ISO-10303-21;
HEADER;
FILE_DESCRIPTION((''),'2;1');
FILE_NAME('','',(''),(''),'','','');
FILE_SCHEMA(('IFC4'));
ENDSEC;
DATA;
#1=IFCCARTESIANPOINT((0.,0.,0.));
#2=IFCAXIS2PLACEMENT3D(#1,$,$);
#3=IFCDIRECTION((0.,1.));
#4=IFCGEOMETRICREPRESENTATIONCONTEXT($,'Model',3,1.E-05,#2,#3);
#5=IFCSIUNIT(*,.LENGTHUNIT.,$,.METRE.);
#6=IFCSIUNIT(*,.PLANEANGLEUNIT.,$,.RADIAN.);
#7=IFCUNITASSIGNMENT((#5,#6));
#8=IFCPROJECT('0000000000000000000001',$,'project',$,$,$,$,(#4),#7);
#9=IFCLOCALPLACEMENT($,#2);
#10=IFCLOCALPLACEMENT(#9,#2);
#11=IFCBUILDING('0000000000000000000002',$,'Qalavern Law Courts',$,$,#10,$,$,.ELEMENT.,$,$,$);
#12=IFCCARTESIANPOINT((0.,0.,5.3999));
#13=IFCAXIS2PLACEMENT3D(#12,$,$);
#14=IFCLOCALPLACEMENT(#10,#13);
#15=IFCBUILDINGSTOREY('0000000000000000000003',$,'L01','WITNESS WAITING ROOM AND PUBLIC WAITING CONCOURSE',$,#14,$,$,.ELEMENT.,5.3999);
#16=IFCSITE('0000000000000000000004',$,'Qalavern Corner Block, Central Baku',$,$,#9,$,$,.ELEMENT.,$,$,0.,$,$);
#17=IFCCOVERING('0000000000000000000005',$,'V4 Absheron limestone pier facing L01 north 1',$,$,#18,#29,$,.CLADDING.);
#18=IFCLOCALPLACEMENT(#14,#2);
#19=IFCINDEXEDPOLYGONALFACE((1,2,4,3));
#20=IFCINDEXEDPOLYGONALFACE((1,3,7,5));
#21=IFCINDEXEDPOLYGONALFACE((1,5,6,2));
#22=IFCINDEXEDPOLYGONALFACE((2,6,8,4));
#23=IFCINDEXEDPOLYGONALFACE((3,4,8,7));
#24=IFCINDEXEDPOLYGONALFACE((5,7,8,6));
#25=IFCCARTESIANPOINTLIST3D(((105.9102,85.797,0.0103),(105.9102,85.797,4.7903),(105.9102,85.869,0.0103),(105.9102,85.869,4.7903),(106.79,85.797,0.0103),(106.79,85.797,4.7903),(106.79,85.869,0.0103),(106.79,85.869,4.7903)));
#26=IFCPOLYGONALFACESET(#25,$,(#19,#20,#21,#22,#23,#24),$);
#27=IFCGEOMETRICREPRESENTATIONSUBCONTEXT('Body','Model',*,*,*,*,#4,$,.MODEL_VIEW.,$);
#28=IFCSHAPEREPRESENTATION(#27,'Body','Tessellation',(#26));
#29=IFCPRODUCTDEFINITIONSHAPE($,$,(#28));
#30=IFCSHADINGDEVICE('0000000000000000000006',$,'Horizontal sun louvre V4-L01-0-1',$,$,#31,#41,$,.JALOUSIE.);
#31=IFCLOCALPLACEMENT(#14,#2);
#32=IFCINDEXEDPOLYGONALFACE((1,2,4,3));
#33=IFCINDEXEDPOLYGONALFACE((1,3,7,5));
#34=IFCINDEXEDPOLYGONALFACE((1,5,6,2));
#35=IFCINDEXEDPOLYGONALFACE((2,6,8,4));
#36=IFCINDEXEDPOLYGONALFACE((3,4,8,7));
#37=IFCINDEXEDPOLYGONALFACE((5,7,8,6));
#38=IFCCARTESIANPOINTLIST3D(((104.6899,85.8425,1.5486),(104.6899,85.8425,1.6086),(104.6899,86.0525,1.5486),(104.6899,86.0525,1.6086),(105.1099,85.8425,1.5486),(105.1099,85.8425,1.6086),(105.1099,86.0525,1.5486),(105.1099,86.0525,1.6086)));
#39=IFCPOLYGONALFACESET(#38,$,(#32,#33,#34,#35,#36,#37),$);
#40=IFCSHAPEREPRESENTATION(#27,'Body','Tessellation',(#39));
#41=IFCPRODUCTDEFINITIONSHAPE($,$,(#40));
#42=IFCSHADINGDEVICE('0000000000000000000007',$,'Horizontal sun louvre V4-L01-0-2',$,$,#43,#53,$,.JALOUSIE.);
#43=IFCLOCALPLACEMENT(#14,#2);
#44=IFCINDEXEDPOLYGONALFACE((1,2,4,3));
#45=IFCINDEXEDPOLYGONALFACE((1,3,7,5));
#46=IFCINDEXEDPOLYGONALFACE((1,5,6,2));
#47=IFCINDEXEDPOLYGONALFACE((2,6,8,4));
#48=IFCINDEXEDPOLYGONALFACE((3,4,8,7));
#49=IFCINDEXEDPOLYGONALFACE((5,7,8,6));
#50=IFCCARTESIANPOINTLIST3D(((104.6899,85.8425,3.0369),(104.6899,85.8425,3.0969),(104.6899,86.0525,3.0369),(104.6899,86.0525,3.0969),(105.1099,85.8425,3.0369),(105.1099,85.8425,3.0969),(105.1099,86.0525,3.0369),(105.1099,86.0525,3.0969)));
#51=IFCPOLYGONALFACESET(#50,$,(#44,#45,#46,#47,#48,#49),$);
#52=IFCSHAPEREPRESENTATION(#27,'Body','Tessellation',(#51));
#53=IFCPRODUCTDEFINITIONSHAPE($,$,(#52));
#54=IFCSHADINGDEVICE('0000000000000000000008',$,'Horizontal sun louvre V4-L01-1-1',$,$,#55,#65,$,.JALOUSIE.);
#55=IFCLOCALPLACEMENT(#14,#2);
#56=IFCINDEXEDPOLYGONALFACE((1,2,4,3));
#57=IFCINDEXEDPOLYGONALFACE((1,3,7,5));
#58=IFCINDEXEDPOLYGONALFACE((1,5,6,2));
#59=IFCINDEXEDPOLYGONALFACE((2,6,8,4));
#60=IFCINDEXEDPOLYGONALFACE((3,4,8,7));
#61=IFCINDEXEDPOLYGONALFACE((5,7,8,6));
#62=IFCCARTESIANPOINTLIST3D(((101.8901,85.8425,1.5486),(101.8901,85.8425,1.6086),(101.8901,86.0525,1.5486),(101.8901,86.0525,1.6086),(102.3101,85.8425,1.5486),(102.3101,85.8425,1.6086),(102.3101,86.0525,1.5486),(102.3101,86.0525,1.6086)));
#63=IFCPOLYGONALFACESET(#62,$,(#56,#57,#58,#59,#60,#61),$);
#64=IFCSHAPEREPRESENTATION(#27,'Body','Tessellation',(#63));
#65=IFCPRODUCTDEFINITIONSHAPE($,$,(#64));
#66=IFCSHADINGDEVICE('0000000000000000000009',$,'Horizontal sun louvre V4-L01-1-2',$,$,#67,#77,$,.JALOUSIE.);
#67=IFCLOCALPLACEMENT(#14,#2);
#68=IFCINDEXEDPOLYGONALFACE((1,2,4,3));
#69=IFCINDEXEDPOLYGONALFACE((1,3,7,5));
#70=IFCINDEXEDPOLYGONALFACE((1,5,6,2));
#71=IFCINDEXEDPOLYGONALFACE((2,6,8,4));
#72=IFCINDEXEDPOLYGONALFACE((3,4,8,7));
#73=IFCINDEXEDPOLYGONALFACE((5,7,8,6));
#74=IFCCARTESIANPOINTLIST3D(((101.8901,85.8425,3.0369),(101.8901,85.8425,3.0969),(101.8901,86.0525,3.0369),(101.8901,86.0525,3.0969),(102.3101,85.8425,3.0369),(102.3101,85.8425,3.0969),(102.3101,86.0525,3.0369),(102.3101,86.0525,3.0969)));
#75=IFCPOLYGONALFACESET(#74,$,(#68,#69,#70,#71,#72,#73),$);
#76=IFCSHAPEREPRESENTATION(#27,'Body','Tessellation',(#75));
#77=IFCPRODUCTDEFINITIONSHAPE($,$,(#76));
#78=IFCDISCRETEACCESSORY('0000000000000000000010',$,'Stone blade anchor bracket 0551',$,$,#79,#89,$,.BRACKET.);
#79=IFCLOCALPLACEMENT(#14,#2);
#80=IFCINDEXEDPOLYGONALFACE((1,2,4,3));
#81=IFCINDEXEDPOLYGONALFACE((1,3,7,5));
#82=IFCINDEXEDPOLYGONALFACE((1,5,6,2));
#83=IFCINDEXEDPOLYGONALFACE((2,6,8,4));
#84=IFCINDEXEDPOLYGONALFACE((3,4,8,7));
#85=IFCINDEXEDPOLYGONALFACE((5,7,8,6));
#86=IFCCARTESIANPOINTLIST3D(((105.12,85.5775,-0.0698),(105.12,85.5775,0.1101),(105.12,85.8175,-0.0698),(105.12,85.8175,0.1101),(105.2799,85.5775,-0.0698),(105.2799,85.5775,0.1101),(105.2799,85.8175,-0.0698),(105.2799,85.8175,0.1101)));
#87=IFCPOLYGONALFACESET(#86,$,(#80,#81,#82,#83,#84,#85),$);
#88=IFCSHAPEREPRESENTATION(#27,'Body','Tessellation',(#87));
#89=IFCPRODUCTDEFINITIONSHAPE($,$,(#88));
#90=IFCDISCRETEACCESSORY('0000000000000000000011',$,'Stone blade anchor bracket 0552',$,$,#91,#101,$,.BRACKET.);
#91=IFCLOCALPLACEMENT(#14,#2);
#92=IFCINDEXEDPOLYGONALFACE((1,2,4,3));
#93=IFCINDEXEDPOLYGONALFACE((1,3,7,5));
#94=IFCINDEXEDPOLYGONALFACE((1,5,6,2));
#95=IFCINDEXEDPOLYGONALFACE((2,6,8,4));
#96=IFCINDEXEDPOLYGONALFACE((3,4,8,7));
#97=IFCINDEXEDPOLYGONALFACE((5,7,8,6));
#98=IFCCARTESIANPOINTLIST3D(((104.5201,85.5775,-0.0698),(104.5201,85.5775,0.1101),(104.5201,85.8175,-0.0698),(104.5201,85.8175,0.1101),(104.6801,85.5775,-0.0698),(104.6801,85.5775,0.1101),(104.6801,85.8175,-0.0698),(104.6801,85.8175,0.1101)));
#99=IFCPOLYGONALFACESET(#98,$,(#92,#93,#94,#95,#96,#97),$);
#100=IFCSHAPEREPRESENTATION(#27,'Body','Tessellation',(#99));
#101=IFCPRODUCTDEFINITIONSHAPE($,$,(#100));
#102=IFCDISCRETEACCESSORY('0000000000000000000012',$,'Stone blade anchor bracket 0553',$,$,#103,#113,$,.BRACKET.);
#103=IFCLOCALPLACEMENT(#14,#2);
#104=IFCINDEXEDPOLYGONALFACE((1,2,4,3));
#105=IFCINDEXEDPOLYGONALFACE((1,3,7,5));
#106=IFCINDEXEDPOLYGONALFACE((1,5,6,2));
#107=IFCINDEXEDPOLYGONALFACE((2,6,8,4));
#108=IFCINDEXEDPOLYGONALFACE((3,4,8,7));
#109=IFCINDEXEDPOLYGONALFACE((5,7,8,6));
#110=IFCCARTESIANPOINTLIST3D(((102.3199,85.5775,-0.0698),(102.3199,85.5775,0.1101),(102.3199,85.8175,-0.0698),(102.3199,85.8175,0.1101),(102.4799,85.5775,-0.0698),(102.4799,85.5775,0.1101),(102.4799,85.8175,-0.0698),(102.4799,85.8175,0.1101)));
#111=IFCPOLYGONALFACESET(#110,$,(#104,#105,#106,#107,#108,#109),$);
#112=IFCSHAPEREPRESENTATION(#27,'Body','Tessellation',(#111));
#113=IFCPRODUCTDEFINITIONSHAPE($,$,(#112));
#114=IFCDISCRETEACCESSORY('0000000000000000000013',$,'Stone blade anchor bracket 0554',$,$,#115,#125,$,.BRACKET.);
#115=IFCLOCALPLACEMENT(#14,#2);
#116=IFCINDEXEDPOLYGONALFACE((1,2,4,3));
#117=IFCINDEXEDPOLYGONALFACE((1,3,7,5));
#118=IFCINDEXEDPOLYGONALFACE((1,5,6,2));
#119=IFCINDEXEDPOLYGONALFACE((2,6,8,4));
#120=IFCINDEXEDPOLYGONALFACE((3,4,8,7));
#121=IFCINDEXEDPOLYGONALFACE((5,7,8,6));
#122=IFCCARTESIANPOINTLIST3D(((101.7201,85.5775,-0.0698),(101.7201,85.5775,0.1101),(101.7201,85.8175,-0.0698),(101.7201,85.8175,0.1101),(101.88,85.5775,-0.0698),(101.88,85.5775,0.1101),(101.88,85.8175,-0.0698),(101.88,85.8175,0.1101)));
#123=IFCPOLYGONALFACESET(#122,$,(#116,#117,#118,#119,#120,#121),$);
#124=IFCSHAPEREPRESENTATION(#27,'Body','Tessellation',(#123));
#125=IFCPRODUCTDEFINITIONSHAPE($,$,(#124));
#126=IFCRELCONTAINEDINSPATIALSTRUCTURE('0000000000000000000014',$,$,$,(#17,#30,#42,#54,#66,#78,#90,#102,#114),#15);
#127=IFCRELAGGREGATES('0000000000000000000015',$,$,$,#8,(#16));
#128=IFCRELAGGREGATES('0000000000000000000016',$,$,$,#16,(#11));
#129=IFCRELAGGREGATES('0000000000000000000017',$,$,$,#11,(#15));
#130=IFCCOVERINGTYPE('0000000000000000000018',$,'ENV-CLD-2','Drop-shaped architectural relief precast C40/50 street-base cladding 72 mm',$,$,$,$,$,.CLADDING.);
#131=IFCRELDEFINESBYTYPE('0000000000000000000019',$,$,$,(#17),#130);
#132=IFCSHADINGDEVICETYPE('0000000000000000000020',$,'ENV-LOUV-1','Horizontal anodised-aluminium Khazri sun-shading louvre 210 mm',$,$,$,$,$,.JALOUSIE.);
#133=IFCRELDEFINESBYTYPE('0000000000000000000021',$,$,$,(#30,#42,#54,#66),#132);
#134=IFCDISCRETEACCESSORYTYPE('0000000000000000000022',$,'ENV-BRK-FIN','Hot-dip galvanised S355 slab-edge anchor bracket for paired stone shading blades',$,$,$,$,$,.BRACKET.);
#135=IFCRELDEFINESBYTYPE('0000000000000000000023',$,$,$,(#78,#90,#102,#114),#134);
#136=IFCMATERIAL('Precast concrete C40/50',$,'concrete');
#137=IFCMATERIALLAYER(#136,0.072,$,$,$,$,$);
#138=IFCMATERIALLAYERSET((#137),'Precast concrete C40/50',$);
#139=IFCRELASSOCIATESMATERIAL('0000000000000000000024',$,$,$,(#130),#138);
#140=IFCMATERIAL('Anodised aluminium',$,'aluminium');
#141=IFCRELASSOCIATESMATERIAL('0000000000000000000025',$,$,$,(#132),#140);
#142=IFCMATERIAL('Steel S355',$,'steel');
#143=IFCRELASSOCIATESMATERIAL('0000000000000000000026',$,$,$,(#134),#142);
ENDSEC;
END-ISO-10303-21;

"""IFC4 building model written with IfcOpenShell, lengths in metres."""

from ifc_helpers import new_model, si_unit, direction, frame, origin, origin_2d, place, context, subcontext, project, spatial, rectangle, extrude, material, layer, layer_set, type_object, element, save


model = new_model("IFC4")

# Units and contexts
model_context = context("Model", 3, precision=1e-05, world=origin(), true_north=direction((0.0, 1.0)))
body_context = subcontext(model_context, "Body", "Model", "MODEL_VIEW")
ifc_project = project(units=[si_unit("LENGTHUNIT", "METRE"), si_unit("PLANEANGLEUNIT", "RADIAN")], contexts=[model_context])

# Site, building, storey
site_placement = place(None, origin())
site = spatial("IfcSite", under=ifc_project, at=site_placement, Name="Qalavern Corner Block, Central Baku", CompositionType="ELEMENT", RefElevation=0.0)
building_placement = place(site_placement, origin())
building = spatial("IfcBuilding", under=site, at=building_placement, Name="Qalavern Law Courts", CompositionType="ELEMENT")
storey_placement = place(building_placement, frame((0.0, 0.0, 5.3999)))
storey = spatial("IfcBuildingStorey", under=building, at=storey_placement, Name="L01", Description="WITNESS WAITING ROOM AND PUBLIC WAITING CONCOURSE", CompositionType="ELEMENT", Elevation=5.3999)

# Shared definitions
ifc_material_1 = material(Name="Anodised aluminium", Category="aluminium")

# Covering
ifc_material_2 = material(Name="Precast concrete C40/50", Category="concrete")
ifc_layer_1 = layer(ifc_material_2, 0.072)
ifc_layer_set_1 = layer_set([ifc_layer_1], Name="Precast concrete C40/50")
covering_type_1 = type_object("IfcCoveringType", Name="ENV-CLD-2", Description="Drop-shaped architectural relief precast C40/50 street-base cladding 72 mm", PredefinedType="CLADDING", material=ifc_layer_set_1)
covering_placement = place(storey_placement, frame((106.3501, 85.833, 0.0103), z_axis=(0.0, 0.0, 1.0), x_axis=(-1.0, 0.0, 0.0)))
element("IfcCovering", 1, at=covering_placement, inside=storey, type_object=covering_type_1, Name="V4 Absheron limestone pier facing L01 north 1", PredefinedType="CLADDING", context=body_context, shape_type="SweptSolid", body=[
    extrude(rectangle(XDim=0.8799, YDim=0.072, at=origin_2d()), origin(), (0.0, 0.0, 1.0), 4.78),
])

# Shading devices
shading_device_type = type_object("IfcShadingDeviceType", Name="ENV-LOUV-1", Description="Horizontal anodised-aluminium Khazri sun-shading louvre 210 mm", PredefinedType="JALOUSIE", material=ifc_material_1)
for number, where, z_axis, x_axis, name in (
    (2, (104.8999, 85.9475, 1.5486), (0.0, 0.0, 1.0), (-1.0, 0.0, 0.0), "Horizontal sun louvre V4-L01-0-1"),
    (3, (104.8999, 85.9475, 3.0369), (0.0, 0.0, 1.0), (-1.0, 0.0, 0.0), "Horizontal sun louvre V4-L01-0-2"),
    (4, (102.1001, 85.9475, 1.5486), (0.0, 0.0, 1.0), (-1.0, 0.0, 0.0), "Horizontal sun louvre V4-L01-1-1"),
    (5, (102.1001, 85.9475, 3.0369), (0.0, 0.0, 1.0), (-1.0, 0.0, 0.0), "Horizontal sun louvre V4-L01-1-2"),
):
    element("IfcShadingDevice", number, at=place(storey_placement, frame(where, z_axis=z_axis, x_axis=x_axis)), inside=storey, type_object=shading_device_type, Name=name, PredefinedType="JALOUSIE", context=body_context, shape_type="SweptSolid", body=[
        extrude(rectangle(XDim=0.4199, YDim=0.21, at=origin_2d()), origin(), (0.0, 0.0, 1.0), 0.0601),
    ])

# Discrete accessories
ifc_material_3 = material(Name="Steel S355", Category="steel")
discrete_accessory_type = type_object("IfcDiscreteAccessoryType", Name="ENV-BRK-FIN", Description="Hot-dip galvanised S355 slab-edge anchor bracket for paired stone shading blades", PredefinedType="BRACKET", material=ifc_material_3)
for number, where, z_axis, x_axis, name in (
    (6, (105.2, 85.6975, -0.0698), (0.0, 0.0, 1.0), (0.0, 1.0, 0.0), "Stone blade anchor bracket 0551"),
    (7, (104.6001, 85.6975, -0.0698), (0.0, 0.0, 1.0), (0.0, 1.0, 0.0), "Stone blade anchor bracket 0552"),
    (8, (102.3999, 85.6975, -0.0698), (0.0, 0.0, 1.0), (0.0, 1.0, 0.0), "Stone blade anchor bracket 0553"),
    (9, (101.8, 85.6975, -0.0698), (0.0, 0.0, 1.0), (0.0, 1.0, 0.0), "Stone blade anchor bracket 0554"),
):
    element("IfcDiscreteAccessory", number, at=place(storey_placement, frame(where, z_axis=z_axis, x_axis=x_axis)), inside=storey, type_object=discrete_accessory_type, Name=name, PredefinedType="BRACKET", context=body_context, shape_type="SweptSolid", body=[
        extrude(rectangle(XDim=0.24, YDim=0.1599, at=origin_2d()), origin(), (0.0, 0.0, 1.0), 0.1799),
    ])

save(model, "model.ifc")
